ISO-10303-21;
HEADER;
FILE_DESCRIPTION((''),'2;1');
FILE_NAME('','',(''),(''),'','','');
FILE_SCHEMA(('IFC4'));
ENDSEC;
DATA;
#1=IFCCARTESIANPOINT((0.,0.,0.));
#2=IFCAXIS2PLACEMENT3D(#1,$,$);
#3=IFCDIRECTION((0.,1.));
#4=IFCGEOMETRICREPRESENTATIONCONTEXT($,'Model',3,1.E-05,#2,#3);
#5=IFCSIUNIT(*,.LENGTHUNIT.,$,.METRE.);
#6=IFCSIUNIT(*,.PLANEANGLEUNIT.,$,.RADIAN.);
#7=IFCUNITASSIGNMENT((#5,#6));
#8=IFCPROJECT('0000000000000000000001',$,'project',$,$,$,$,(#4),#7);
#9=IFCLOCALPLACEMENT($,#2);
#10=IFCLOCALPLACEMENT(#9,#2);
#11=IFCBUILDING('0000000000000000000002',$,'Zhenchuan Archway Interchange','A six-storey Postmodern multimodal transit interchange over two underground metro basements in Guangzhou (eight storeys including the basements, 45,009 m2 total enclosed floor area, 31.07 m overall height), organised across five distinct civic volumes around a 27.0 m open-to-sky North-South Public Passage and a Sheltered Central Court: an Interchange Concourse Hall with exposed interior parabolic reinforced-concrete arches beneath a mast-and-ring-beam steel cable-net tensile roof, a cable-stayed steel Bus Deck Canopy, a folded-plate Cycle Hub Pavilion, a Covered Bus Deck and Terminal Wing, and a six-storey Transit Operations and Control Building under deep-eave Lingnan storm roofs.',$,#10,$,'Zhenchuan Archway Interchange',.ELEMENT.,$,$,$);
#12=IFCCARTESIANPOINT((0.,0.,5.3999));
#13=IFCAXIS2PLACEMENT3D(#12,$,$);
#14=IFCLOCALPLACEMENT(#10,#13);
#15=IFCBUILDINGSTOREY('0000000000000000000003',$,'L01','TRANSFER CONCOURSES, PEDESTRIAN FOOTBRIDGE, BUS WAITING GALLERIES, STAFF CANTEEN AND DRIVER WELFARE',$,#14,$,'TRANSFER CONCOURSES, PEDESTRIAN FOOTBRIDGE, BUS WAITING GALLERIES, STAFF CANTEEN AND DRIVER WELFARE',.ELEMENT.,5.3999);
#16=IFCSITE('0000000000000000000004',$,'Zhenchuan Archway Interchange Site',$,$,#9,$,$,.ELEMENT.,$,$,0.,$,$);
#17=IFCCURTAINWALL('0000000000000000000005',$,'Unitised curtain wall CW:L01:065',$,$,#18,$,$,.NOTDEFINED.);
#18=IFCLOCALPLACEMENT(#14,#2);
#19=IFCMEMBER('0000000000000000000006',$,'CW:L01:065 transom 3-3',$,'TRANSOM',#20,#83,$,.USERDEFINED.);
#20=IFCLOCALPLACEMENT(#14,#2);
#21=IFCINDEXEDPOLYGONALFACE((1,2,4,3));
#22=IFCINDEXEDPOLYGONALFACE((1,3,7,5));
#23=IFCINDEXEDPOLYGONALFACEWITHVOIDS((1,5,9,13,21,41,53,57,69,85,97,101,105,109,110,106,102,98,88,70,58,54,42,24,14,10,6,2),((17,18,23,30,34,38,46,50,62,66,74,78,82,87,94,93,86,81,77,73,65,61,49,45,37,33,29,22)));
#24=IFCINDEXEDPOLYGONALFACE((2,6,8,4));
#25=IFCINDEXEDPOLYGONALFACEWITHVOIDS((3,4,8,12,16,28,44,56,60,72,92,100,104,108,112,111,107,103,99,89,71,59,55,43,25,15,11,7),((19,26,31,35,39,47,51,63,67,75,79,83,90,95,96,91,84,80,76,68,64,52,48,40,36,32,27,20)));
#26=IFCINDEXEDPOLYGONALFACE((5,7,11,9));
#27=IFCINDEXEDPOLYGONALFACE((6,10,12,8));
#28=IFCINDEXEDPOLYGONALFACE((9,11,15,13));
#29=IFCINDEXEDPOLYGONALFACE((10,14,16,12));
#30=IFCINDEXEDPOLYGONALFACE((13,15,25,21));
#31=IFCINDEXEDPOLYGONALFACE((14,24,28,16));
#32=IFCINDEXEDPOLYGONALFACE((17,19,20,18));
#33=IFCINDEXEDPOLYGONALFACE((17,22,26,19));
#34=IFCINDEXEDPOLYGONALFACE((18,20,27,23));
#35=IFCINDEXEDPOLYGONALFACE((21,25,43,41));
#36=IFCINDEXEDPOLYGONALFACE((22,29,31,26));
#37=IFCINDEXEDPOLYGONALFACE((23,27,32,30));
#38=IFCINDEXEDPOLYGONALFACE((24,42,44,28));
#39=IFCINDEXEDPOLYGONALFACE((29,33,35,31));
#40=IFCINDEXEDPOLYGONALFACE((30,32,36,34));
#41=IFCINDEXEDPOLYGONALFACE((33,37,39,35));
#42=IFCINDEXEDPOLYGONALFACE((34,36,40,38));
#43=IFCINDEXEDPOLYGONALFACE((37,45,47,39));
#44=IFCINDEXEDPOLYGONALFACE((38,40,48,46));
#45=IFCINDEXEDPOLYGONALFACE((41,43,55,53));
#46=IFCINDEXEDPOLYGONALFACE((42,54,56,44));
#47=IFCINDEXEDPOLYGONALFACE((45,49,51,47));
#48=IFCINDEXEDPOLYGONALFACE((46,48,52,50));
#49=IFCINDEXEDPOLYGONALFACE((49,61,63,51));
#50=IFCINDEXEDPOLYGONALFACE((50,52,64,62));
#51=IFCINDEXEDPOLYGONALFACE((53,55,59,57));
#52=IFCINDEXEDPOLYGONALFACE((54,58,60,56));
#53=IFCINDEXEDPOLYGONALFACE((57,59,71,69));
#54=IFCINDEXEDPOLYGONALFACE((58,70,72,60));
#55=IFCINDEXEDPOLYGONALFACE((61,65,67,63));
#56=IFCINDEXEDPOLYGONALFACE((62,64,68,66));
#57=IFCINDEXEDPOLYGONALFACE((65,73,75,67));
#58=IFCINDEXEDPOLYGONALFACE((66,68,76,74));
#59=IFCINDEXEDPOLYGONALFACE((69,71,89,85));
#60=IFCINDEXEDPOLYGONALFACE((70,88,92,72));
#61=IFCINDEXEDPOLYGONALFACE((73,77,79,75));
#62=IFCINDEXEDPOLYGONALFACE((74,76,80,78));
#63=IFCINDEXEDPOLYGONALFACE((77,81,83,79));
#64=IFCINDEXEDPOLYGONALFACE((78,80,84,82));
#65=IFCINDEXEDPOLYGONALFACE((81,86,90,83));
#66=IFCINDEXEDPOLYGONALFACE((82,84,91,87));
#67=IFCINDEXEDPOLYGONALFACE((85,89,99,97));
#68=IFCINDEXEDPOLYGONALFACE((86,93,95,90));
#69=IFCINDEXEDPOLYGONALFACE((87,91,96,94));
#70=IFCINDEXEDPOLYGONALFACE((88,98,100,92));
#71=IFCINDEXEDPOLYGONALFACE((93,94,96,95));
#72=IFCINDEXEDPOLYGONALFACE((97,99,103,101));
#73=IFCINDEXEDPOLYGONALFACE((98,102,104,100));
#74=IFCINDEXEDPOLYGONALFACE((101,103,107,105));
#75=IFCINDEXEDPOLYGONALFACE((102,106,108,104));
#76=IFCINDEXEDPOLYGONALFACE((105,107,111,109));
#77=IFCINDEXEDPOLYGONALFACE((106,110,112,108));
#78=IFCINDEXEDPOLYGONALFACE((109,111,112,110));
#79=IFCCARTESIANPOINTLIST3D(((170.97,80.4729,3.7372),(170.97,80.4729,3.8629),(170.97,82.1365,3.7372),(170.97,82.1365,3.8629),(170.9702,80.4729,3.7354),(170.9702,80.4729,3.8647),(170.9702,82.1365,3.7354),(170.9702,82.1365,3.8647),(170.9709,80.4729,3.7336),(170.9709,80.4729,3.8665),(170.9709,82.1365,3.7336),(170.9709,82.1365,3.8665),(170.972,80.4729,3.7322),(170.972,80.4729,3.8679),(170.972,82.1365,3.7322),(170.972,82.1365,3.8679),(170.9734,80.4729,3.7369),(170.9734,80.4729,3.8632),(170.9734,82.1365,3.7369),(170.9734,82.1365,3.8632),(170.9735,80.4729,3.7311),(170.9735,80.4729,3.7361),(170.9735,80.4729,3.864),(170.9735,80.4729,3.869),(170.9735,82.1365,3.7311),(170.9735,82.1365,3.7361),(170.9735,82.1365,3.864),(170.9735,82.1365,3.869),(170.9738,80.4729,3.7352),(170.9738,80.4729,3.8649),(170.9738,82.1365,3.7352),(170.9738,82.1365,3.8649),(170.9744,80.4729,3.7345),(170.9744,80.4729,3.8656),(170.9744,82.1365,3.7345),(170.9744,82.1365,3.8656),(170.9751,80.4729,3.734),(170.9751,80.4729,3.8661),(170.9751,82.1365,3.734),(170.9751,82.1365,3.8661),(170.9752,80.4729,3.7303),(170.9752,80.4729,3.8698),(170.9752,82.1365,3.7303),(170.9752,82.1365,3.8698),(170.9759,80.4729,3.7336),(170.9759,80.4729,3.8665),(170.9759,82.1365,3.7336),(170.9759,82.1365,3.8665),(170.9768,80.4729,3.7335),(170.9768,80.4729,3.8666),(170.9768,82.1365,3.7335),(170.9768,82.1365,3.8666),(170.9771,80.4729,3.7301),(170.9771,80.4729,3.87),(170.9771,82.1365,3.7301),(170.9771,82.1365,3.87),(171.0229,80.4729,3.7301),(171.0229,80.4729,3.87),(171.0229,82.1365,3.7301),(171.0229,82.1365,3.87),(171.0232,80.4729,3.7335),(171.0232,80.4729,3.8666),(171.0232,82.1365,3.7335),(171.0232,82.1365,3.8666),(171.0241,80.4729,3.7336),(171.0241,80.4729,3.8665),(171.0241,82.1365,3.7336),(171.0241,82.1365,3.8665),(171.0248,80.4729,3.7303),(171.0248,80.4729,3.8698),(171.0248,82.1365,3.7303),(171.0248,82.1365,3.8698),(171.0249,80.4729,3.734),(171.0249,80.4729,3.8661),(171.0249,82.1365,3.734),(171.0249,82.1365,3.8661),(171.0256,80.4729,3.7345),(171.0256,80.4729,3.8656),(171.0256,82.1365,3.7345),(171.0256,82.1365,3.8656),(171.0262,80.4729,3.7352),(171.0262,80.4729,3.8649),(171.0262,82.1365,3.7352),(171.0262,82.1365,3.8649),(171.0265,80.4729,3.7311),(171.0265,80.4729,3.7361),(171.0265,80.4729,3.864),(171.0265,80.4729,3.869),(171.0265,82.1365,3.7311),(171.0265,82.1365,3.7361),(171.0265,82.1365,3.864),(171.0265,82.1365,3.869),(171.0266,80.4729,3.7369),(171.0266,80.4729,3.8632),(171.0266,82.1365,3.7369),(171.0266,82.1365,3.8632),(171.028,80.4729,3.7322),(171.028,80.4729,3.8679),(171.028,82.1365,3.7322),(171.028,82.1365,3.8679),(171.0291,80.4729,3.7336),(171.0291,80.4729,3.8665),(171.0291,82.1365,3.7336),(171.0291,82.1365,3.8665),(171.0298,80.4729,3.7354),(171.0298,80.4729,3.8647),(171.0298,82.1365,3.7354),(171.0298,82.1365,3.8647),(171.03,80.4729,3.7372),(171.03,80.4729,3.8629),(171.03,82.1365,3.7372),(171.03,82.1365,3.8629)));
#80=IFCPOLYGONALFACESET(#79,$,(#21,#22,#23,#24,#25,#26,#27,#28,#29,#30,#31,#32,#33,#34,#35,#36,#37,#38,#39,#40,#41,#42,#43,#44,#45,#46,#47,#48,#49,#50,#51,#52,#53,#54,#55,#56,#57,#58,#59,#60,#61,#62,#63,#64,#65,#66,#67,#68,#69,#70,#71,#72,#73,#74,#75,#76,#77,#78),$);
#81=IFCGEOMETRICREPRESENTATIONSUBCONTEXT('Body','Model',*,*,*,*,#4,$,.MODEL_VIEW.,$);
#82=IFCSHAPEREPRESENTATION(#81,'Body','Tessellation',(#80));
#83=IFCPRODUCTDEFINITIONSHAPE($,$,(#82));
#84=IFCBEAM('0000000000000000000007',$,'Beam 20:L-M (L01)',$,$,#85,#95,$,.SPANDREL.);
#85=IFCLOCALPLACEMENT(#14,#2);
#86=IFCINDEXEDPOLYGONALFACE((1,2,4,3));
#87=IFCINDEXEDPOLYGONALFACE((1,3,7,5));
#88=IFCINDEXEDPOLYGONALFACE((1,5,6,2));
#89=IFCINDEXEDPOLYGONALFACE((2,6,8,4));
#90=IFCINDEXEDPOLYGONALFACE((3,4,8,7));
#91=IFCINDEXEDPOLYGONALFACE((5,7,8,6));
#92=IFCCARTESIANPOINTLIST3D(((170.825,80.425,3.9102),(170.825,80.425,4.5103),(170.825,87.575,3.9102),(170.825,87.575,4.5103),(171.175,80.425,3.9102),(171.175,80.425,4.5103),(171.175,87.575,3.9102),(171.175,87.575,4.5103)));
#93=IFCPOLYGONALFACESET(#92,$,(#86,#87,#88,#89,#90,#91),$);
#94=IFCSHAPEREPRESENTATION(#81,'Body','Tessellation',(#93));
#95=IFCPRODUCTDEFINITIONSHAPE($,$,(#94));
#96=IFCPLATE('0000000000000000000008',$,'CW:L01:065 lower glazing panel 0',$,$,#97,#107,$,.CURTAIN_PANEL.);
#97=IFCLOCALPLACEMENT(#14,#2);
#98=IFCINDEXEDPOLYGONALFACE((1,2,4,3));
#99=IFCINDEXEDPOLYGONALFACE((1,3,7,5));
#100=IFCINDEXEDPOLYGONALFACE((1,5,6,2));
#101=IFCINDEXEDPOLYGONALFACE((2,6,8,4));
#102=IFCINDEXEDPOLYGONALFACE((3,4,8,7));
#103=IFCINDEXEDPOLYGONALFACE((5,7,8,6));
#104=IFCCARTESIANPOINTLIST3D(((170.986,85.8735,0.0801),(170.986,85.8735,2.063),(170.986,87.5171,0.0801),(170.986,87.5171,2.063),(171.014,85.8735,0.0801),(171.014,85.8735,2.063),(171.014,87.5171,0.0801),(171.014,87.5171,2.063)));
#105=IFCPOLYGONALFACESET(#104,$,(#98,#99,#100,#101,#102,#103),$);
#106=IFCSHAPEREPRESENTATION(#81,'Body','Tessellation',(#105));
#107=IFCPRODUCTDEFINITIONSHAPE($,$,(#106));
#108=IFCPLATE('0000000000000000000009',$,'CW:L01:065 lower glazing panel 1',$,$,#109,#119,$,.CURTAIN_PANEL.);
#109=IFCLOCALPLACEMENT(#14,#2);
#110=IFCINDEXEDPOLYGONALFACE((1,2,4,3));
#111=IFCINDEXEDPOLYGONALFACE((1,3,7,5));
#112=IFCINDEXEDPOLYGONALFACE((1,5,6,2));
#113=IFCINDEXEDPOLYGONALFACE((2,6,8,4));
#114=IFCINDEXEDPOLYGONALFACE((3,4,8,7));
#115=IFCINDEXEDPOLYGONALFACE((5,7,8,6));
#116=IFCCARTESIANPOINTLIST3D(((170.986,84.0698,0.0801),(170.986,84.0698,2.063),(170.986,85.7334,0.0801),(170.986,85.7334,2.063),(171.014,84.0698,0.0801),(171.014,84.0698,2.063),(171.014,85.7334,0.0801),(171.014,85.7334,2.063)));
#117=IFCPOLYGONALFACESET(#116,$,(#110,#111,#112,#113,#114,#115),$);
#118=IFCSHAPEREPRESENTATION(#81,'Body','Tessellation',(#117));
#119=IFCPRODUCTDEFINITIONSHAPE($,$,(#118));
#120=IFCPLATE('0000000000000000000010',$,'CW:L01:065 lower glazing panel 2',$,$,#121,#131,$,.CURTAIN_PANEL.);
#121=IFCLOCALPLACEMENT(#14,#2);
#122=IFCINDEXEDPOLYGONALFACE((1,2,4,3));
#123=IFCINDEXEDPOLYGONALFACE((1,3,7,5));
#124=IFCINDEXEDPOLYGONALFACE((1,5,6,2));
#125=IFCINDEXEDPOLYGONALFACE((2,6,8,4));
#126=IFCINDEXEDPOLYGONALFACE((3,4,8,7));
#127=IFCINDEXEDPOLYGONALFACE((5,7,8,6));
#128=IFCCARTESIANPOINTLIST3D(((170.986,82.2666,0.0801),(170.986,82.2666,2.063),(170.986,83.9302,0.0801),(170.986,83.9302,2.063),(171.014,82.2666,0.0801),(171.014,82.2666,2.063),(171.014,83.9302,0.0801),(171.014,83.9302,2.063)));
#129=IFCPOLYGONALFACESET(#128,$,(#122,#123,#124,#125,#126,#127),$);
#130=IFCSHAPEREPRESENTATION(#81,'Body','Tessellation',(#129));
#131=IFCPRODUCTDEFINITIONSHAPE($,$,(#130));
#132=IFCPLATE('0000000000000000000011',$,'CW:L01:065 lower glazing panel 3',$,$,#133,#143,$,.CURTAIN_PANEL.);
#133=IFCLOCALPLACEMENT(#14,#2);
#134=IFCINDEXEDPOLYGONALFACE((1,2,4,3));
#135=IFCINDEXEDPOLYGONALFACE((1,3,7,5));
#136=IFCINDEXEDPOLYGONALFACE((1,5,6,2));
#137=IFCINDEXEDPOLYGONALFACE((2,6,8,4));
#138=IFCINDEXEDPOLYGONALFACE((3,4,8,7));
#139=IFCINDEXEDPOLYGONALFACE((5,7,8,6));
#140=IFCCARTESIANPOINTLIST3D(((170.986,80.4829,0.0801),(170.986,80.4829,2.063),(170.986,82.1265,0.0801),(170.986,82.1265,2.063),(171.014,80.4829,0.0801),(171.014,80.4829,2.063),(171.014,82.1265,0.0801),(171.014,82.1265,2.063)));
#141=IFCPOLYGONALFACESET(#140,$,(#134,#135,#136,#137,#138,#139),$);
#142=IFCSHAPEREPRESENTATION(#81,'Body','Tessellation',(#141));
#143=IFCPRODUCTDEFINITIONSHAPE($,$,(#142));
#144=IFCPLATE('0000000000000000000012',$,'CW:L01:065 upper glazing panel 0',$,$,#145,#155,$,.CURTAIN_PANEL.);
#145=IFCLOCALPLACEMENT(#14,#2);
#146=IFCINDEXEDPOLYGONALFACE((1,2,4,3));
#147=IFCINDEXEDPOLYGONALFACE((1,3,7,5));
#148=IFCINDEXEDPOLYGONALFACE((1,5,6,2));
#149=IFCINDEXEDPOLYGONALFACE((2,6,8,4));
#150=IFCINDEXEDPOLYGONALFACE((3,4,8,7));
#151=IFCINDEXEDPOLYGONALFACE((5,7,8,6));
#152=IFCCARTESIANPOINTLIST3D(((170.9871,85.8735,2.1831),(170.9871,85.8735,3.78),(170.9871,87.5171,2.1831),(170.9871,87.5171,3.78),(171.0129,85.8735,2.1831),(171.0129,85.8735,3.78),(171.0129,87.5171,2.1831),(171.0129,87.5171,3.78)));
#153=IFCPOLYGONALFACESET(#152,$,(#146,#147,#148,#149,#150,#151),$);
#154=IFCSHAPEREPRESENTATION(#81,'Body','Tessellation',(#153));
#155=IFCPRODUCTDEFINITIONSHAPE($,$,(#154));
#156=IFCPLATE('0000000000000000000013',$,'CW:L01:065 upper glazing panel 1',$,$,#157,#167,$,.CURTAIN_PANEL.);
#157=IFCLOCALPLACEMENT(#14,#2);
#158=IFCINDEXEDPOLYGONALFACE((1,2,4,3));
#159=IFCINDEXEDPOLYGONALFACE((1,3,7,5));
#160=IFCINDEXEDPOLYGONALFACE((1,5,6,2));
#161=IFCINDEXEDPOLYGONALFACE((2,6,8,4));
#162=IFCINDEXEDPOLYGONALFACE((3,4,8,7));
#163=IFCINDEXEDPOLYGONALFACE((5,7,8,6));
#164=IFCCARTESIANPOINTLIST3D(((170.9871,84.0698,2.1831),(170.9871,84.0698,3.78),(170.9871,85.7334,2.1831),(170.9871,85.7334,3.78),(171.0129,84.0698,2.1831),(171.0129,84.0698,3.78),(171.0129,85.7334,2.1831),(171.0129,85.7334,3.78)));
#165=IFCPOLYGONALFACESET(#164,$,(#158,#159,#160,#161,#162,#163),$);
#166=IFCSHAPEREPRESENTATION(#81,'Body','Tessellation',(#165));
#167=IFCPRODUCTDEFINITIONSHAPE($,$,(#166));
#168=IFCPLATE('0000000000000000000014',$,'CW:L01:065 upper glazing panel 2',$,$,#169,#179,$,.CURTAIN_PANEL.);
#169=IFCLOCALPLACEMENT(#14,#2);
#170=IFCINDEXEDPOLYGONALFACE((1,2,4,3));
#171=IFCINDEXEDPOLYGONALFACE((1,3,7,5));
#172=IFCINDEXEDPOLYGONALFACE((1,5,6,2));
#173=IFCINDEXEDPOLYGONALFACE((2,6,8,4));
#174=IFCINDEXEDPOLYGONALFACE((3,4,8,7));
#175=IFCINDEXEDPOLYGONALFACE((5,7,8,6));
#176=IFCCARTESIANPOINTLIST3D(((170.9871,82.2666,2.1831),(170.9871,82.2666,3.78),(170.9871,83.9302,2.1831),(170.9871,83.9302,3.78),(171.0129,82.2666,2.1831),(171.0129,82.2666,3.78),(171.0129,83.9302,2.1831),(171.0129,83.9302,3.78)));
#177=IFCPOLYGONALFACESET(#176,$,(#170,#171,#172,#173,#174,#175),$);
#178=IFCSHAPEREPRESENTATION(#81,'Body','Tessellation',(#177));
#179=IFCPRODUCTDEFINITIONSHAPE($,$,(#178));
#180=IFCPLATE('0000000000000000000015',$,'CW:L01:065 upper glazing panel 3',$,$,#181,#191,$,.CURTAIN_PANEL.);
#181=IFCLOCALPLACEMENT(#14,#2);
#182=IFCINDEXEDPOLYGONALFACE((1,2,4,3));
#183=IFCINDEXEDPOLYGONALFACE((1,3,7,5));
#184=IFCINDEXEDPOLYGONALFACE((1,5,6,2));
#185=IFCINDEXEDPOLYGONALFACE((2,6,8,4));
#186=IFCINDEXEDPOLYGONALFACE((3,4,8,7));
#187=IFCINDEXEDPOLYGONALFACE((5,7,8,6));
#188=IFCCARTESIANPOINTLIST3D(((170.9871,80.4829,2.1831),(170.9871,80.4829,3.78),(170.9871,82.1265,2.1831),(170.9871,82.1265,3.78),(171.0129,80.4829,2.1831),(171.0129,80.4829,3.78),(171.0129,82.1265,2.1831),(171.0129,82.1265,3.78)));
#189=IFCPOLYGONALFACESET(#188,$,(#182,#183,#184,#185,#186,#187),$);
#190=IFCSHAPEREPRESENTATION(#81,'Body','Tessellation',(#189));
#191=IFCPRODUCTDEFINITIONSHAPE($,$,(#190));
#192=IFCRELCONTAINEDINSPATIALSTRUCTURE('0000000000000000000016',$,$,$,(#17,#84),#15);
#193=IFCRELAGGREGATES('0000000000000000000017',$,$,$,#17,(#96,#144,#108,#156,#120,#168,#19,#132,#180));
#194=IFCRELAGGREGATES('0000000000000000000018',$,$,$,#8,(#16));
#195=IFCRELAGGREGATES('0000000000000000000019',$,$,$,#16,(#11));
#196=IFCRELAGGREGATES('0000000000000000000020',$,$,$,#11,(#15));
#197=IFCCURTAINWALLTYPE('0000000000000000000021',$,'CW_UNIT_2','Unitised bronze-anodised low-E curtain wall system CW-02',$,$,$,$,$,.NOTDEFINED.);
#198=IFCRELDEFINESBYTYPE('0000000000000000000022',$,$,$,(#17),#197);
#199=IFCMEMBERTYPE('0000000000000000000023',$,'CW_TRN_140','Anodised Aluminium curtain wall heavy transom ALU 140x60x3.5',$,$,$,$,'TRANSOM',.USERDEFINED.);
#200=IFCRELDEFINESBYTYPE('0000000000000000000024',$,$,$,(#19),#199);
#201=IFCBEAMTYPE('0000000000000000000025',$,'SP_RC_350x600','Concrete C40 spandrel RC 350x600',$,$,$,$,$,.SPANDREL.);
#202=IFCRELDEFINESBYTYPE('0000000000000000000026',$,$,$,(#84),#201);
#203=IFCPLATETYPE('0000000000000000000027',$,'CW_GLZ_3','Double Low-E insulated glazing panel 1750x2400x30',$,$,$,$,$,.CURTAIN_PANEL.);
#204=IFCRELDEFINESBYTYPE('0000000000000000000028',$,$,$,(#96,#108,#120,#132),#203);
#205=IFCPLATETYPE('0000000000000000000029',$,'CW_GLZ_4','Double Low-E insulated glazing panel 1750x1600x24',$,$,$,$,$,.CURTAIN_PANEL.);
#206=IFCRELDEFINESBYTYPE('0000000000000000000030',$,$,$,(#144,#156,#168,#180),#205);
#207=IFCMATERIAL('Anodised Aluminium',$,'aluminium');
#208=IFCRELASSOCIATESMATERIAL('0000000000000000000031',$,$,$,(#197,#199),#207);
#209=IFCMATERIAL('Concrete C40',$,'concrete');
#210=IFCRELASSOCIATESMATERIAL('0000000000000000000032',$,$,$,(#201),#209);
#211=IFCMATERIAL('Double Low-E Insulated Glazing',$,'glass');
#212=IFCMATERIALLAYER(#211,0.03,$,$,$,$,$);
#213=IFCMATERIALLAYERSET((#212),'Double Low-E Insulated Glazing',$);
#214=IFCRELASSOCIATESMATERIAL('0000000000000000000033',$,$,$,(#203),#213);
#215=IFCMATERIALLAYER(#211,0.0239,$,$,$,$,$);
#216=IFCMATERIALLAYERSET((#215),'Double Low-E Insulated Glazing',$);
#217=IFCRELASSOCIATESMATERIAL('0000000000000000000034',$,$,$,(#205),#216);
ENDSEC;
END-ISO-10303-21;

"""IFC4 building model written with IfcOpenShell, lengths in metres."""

from ifc_helpers import new_model, si_unit, direction, frame, origin, origin_2d, place, context, subcontext, project, spatial, rectangle, hollow_rectangle, extrude, material, layer, layer_set, material_profile, profile_set, type_object, element, aggregate, save


model = new_model("IFC4")

# Units and contexts
model_context = context("Model", 3, precision=1e-05, world=origin(), true_north=direction((0.0, 1.0)))
body_context = subcontext(model_context, "Body", "Model", "MODEL_VIEW")
ifc_project = project(units=[si_unit("LENGTHUNIT", "METRE"), si_unit("PLANEANGLEUNIT", "RADIAN")], contexts=[model_context])

# Site, building, storey
site_placement = place(None, origin())
site = spatial("IfcSite", under=ifc_project, at=site_placement, Name="Zhenchuan Archway Interchange Site", CompositionType="ELEMENT", RefElevation=0.0)
building_placement = place(site_placement, origin())
building = spatial("IfcBuilding", under=site, at=building_placement, Name="Zhenchuan Archway Interchange", Description="A six-storey Postmodern multimodal transit interchange over two underground metro basements in Guangzhou (eight storeys including the basements, 45,009 m2 total enclosed floor area, 31.07 m overall height), organised across five distinct civic volumes around a 27.0 m open-to-sky North-South Public Passage and a Sheltered Central Court: an Interchange Concourse Hall with exposed interior parabolic reinforced-concrete arches beneath a mast-and-ring-beam steel cable-net tensile roof, a cable-stayed steel Bus Deck Canopy, a folded-plate Cycle Hub Pavilion, a Covered Bus Deck and Terminal Wing, and a six-storey Transit Operations and Control Building under deep-eave Lingnan storm roofs.", LongName="Zhenchuan Archway Interchange", CompositionType="ELEMENT")
storey_placement = place(building_placement, frame((0.0, 0.0, 5.3999)))
storey = spatial("IfcBuildingStorey", under=building, at=storey_placement, Name="L01", Description="TRANSFER CONCOURSES, PEDESTRIAN FOOTBRIDGE, BUS WAITING GALLERIES, STAFF CANTEEN AND DRIVER WELFARE", LongName="TRANSFER CONCOURSES, PEDESTRIAN FOOTBRIDGE, BUS WAITING GALLERIES, STAFF CANTEEN AND DRIVER WELFARE", CompositionType="ELEMENT", Elevation=5.3999)

# Curtain wall, member
ifc_material_1 = material(Name="Anodised Aluminium", Category="aluminium")
curtain_wall_type = type_object("IfcCurtainWallType", Name="CW_UNIT_2", Description="Unitised bronze-anodised low-E curtain wall system CW-02", PredefinedType="NOTDEFINED", material=ifc_material_1)
curtain_wall_placement = place(storey_placement, origin())
curtain_wall = element("IfcCurtainWall", 1, at=curtain_wall_placement, inside=storey, type_object=curtain_wall_type, Name="Unitised curtain wall CW:L01:065", PredefinedType="NOTDEFINED")
ifc_material_profile_1 = material_profile(ifc_material_1, hollow_rectangle(XDim=0.0601, YDim=0.1399, WallThickness=0.0034, InnerFilletRadius=0.0034, OuterFilletRadius=0.0071, at=origin_2d()), Name="ALU 140x60x3.5")
ifc_profile_set_1 = profile_set([ifc_material_profile_1], Name="Anodised Aluminium")
member_type_1 = type_object("IfcMemberType", Name="CW_TRN_140", Description="Anodised Aluminium curtain wall heavy transom ALU 140x60x3.5", ElementType="TRANSOM", PredefinedType="USERDEFINED", material=ifc_profile_set_1)
member_1_placement = place(storey_placement, frame((171.0, 82.1365, 3.8), z_axis=(0.0, -1.0, 0.0), x_axis=(1.0, 0.0, 0.0)))
member_1 = element("IfcMember", 2, at=member_1_placement, type_object=member_type_1, Name="CW:L01:065 transom 3-3", ObjectType="TRANSOM", PredefinedType="USERDEFINED", context=body_context, shape_type="SweptSolid", body=[
    extrude(hollow_rectangle(XDim=0.0601, YDim=0.1399, WallThickness=0.0034, InnerFilletRadius=0.0034, OuterFilletRadius=0.0071, at=origin_2d()), origin(), (0.0, 0.0, 1.0), 1.6636),
])

# Beam
ifc_material_2 = material(Name="Concrete C40", Category="concrete")
ifc_material_profile_2 = material_profile(ifc_material_2, rectangle(XDim=0.3501, YDim=0.6001, at=origin_2d()), Name="RC 350x600")
ifc_profile_set_2 = profile_set([ifc_material_profile_2], Name="Concrete C40")
beam_type = type_object("IfcBeamType", Name="SP_RC_350x600", Description="Concrete C40 spandrel RC 350x600", PredefinedType="SPANDREL", material=ifc_profile_set_2)
beam_placement = place(storey_placement, frame((171.0, 80.425, 4.2102), z_axis=(0.0, 1.0, 0.0), x_axis=(-1.0, 0.0, 0.0)))
element("IfcBeam", 3, at=beam_placement, inside=storey, type_object=beam_type, Name="Beam 20:L-M (L01)", PredefinedType="SPANDREL", context=body_context, shape_type="SweptSolid", body=[
    extrude(rectangle(XDim=0.3501, YDim=0.6001, at=origin_2d()), origin(), (0.0, 0.0, 1.0), 7.1499),
])

# Plates
ifc_material_3 = material(Name="Double Low-E Insulated Glazing", Category="glass")
ifc_layer_1 = layer(ifc_material_3, 0.03)
ifc_layer_set_1 = layer_set([ifc_layer_1], Name="Double Low-E Insulated Glazing")
plate_type_1 = type_object("IfcPlateType", Name="CW_GLZ_3", Description="Double Low-E insulated glazing panel 1750x2400x30", PredefinedType="CURTAIN_PANEL", material=ifc_layer_set_1)
plate_1_placement = place(storey_placement, frame((171.0, 86.6953, 0.0801), z_axis=(0.0, 0.0, 1.0), x_axis=(0.0, -1.0, 0.0)))
plate_1 = element("IfcPlate", 4, at=plate_1_placement, type_object=plate_type_1, Name="CW:L01:065 lower glazing panel 0", PredefinedType="CURTAIN_PANEL", context=body_context, shape_type="SweptSolid", body=[
    extrude(rectangle(XDim=1.6436, YDim=0.0281, at=origin_2d()), origin(), (0.0, 0.0, 1.0), 1.9829),
])
plate_2_placement = place(storey_placement, frame((171.0, 84.9016, 0.0801), z_axis=(0.0, 0.0, 1.0), x_axis=(0.0, -1.0, 0.0)))
plate_2 = element("IfcPlate", 5, at=plate_2_placement, type_object=plate_type_1, Name="CW:L01:065 lower glazing panel 1", PredefinedType="CURTAIN_PANEL", context=body_context, shape_type="SweptSolid", body=[
    extrude(rectangle(XDim=1.6636, YDim=0.0281, at=origin_2d()), origin(), (0.0, 0.0, 1.0), 1.9829),
])
plate_3_placement = place(storey_placement, frame((171.0, 83.0984, 0.0801), z_axis=(0.0, 0.0, 1.0), x_axis=(0.0, -1.0, 0.0)))
plate_3 = element("IfcPlate", 6, at=plate_3_placement, type_object=plate_type_1, Name="CW:L01:065 lower glazing panel 2", PredefinedType="CURTAIN_PANEL", context=body_context, shape_type="SweptSolid", body=[
    extrude(rectangle(XDim=1.6636, YDim=0.0281, at=origin_2d()), origin(), (0.0, 0.0, 1.0), 1.9829),
])
plate_4_placement = place(storey_placement, frame((171.0, 81.3047, 0.0801), z_axis=(0.0, 0.0, 1.0), x_axis=(0.0, -1.0, 0.0)))
plate_4 = element("IfcPlate", 7, at=plate_4_placement, type_object=plate_type_1, Name="CW:L01:065 lower glazing panel 3", PredefinedType="CURTAIN_PANEL", context=body_context, shape_type="SweptSolid", body=[
    extrude(rectangle(XDim=1.6436, YDim=0.0281, at=origin_2d()), origin(), (0.0, 0.0, 1.0), 1.9829),
])
ifc_layer_2 = layer(ifc_material_3, 0.0239)
ifc_layer_set_2 = layer_set([ifc_layer_2], Name="Double Low-E Insulated Glazing")
plate_type_2 = type_object("IfcPlateType", Name="CW_GLZ_4", Description="Double Low-E insulated glazing panel 1750x1600x24", PredefinedType="CURTAIN_PANEL", material=ifc_layer_set_2)
plate_5_placement = place(storey_placement, frame((171.0, 86.6953, 2.1831), z_axis=(0.0, 0.0, 1.0), x_axis=(0.0, -1.0, 0.0)))
plate_5 = element("IfcPlate", 8, at=plate_5_placement, type_object=plate_type_2, Name="CW:L01:065 upper glazing panel 0", PredefinedType="CURTAIN_PANEL", context=body_context, shape_type="SweptSolid", body=[
    extrude(rectangle(XDim=1.6436, YDim=0.0259, at=origin_2d()), origin(), (0.0, 0.0, 1.0), 1.5969),
])
plate_6_placement = place(storey_placement, frame((171.0, 84.9016, 2.1831), z_axis=(0.0, 0.0, 1.0), x_axis=(0.0, -1.0, 0.0)))
plate_6 = element("IfcPlate", 9, at=plate_6_placement, type_object=plate_type_2, Name="CW:L01:065 upper glazing panel 1", PredefinedType="CURTAIN_PANEL", context=body_context, shape_type="SweptSolid", body=[
    extrude(rectangle(XDim=1.6636, YDim=0.0259, at=origin_2d()), origin(), (0.0, 0.0, 1.0), 1.5969),
])
plate_7_placement = place(storey_placement, frame((171.0, 83.0984, 2.1831), z_axis=(0.0, 0.0, 1.0), x_axis=(0.0, -1.0, 0.0)))
plate_7 = element("IfcPlate", 10, at=plate_7_placement, type_object=plate_type_2, Name="CW:L01:065 upper glazing panel 2", PredefinedType="CURTAIN_PANEL", context=body_context, shape_type="SweptSolid", body=[
    extrude(rectangle(XDim=1.6636, YDim=0.0259, at=origin_2d()), origin(), (0.0, 0.0, 1.0), 1.5969),
])
plate_8_placement = place(storey_placement, frame((171.0, 81.3047, 2.1831), z_axis=(0.0, 0.0, 1.0), x_axis=(0.0, -1.0, 0.0)))
plate_8 = element("IfcPlate", 11, at=plate_8_placement, type_object=plate_type_2, Name="CW:L01:065 upper glazing panel 3", PredefinedType="CURTAIN_PANEL", context=body_context, shape_type="SweptSolid", body=[
    extrude(rectangle(XDim=1.6436, YDim=0.0259, at=origin_2d()), origin(), (0.0, 0.0, 1.0), 1.5969),
])
aggregate(curtain_wall, [plate_1, plate_5, plate_2, plate_6, plate_3, plate_7, member_1, plate_4, plate_8])

save(model, "model.ifc")
